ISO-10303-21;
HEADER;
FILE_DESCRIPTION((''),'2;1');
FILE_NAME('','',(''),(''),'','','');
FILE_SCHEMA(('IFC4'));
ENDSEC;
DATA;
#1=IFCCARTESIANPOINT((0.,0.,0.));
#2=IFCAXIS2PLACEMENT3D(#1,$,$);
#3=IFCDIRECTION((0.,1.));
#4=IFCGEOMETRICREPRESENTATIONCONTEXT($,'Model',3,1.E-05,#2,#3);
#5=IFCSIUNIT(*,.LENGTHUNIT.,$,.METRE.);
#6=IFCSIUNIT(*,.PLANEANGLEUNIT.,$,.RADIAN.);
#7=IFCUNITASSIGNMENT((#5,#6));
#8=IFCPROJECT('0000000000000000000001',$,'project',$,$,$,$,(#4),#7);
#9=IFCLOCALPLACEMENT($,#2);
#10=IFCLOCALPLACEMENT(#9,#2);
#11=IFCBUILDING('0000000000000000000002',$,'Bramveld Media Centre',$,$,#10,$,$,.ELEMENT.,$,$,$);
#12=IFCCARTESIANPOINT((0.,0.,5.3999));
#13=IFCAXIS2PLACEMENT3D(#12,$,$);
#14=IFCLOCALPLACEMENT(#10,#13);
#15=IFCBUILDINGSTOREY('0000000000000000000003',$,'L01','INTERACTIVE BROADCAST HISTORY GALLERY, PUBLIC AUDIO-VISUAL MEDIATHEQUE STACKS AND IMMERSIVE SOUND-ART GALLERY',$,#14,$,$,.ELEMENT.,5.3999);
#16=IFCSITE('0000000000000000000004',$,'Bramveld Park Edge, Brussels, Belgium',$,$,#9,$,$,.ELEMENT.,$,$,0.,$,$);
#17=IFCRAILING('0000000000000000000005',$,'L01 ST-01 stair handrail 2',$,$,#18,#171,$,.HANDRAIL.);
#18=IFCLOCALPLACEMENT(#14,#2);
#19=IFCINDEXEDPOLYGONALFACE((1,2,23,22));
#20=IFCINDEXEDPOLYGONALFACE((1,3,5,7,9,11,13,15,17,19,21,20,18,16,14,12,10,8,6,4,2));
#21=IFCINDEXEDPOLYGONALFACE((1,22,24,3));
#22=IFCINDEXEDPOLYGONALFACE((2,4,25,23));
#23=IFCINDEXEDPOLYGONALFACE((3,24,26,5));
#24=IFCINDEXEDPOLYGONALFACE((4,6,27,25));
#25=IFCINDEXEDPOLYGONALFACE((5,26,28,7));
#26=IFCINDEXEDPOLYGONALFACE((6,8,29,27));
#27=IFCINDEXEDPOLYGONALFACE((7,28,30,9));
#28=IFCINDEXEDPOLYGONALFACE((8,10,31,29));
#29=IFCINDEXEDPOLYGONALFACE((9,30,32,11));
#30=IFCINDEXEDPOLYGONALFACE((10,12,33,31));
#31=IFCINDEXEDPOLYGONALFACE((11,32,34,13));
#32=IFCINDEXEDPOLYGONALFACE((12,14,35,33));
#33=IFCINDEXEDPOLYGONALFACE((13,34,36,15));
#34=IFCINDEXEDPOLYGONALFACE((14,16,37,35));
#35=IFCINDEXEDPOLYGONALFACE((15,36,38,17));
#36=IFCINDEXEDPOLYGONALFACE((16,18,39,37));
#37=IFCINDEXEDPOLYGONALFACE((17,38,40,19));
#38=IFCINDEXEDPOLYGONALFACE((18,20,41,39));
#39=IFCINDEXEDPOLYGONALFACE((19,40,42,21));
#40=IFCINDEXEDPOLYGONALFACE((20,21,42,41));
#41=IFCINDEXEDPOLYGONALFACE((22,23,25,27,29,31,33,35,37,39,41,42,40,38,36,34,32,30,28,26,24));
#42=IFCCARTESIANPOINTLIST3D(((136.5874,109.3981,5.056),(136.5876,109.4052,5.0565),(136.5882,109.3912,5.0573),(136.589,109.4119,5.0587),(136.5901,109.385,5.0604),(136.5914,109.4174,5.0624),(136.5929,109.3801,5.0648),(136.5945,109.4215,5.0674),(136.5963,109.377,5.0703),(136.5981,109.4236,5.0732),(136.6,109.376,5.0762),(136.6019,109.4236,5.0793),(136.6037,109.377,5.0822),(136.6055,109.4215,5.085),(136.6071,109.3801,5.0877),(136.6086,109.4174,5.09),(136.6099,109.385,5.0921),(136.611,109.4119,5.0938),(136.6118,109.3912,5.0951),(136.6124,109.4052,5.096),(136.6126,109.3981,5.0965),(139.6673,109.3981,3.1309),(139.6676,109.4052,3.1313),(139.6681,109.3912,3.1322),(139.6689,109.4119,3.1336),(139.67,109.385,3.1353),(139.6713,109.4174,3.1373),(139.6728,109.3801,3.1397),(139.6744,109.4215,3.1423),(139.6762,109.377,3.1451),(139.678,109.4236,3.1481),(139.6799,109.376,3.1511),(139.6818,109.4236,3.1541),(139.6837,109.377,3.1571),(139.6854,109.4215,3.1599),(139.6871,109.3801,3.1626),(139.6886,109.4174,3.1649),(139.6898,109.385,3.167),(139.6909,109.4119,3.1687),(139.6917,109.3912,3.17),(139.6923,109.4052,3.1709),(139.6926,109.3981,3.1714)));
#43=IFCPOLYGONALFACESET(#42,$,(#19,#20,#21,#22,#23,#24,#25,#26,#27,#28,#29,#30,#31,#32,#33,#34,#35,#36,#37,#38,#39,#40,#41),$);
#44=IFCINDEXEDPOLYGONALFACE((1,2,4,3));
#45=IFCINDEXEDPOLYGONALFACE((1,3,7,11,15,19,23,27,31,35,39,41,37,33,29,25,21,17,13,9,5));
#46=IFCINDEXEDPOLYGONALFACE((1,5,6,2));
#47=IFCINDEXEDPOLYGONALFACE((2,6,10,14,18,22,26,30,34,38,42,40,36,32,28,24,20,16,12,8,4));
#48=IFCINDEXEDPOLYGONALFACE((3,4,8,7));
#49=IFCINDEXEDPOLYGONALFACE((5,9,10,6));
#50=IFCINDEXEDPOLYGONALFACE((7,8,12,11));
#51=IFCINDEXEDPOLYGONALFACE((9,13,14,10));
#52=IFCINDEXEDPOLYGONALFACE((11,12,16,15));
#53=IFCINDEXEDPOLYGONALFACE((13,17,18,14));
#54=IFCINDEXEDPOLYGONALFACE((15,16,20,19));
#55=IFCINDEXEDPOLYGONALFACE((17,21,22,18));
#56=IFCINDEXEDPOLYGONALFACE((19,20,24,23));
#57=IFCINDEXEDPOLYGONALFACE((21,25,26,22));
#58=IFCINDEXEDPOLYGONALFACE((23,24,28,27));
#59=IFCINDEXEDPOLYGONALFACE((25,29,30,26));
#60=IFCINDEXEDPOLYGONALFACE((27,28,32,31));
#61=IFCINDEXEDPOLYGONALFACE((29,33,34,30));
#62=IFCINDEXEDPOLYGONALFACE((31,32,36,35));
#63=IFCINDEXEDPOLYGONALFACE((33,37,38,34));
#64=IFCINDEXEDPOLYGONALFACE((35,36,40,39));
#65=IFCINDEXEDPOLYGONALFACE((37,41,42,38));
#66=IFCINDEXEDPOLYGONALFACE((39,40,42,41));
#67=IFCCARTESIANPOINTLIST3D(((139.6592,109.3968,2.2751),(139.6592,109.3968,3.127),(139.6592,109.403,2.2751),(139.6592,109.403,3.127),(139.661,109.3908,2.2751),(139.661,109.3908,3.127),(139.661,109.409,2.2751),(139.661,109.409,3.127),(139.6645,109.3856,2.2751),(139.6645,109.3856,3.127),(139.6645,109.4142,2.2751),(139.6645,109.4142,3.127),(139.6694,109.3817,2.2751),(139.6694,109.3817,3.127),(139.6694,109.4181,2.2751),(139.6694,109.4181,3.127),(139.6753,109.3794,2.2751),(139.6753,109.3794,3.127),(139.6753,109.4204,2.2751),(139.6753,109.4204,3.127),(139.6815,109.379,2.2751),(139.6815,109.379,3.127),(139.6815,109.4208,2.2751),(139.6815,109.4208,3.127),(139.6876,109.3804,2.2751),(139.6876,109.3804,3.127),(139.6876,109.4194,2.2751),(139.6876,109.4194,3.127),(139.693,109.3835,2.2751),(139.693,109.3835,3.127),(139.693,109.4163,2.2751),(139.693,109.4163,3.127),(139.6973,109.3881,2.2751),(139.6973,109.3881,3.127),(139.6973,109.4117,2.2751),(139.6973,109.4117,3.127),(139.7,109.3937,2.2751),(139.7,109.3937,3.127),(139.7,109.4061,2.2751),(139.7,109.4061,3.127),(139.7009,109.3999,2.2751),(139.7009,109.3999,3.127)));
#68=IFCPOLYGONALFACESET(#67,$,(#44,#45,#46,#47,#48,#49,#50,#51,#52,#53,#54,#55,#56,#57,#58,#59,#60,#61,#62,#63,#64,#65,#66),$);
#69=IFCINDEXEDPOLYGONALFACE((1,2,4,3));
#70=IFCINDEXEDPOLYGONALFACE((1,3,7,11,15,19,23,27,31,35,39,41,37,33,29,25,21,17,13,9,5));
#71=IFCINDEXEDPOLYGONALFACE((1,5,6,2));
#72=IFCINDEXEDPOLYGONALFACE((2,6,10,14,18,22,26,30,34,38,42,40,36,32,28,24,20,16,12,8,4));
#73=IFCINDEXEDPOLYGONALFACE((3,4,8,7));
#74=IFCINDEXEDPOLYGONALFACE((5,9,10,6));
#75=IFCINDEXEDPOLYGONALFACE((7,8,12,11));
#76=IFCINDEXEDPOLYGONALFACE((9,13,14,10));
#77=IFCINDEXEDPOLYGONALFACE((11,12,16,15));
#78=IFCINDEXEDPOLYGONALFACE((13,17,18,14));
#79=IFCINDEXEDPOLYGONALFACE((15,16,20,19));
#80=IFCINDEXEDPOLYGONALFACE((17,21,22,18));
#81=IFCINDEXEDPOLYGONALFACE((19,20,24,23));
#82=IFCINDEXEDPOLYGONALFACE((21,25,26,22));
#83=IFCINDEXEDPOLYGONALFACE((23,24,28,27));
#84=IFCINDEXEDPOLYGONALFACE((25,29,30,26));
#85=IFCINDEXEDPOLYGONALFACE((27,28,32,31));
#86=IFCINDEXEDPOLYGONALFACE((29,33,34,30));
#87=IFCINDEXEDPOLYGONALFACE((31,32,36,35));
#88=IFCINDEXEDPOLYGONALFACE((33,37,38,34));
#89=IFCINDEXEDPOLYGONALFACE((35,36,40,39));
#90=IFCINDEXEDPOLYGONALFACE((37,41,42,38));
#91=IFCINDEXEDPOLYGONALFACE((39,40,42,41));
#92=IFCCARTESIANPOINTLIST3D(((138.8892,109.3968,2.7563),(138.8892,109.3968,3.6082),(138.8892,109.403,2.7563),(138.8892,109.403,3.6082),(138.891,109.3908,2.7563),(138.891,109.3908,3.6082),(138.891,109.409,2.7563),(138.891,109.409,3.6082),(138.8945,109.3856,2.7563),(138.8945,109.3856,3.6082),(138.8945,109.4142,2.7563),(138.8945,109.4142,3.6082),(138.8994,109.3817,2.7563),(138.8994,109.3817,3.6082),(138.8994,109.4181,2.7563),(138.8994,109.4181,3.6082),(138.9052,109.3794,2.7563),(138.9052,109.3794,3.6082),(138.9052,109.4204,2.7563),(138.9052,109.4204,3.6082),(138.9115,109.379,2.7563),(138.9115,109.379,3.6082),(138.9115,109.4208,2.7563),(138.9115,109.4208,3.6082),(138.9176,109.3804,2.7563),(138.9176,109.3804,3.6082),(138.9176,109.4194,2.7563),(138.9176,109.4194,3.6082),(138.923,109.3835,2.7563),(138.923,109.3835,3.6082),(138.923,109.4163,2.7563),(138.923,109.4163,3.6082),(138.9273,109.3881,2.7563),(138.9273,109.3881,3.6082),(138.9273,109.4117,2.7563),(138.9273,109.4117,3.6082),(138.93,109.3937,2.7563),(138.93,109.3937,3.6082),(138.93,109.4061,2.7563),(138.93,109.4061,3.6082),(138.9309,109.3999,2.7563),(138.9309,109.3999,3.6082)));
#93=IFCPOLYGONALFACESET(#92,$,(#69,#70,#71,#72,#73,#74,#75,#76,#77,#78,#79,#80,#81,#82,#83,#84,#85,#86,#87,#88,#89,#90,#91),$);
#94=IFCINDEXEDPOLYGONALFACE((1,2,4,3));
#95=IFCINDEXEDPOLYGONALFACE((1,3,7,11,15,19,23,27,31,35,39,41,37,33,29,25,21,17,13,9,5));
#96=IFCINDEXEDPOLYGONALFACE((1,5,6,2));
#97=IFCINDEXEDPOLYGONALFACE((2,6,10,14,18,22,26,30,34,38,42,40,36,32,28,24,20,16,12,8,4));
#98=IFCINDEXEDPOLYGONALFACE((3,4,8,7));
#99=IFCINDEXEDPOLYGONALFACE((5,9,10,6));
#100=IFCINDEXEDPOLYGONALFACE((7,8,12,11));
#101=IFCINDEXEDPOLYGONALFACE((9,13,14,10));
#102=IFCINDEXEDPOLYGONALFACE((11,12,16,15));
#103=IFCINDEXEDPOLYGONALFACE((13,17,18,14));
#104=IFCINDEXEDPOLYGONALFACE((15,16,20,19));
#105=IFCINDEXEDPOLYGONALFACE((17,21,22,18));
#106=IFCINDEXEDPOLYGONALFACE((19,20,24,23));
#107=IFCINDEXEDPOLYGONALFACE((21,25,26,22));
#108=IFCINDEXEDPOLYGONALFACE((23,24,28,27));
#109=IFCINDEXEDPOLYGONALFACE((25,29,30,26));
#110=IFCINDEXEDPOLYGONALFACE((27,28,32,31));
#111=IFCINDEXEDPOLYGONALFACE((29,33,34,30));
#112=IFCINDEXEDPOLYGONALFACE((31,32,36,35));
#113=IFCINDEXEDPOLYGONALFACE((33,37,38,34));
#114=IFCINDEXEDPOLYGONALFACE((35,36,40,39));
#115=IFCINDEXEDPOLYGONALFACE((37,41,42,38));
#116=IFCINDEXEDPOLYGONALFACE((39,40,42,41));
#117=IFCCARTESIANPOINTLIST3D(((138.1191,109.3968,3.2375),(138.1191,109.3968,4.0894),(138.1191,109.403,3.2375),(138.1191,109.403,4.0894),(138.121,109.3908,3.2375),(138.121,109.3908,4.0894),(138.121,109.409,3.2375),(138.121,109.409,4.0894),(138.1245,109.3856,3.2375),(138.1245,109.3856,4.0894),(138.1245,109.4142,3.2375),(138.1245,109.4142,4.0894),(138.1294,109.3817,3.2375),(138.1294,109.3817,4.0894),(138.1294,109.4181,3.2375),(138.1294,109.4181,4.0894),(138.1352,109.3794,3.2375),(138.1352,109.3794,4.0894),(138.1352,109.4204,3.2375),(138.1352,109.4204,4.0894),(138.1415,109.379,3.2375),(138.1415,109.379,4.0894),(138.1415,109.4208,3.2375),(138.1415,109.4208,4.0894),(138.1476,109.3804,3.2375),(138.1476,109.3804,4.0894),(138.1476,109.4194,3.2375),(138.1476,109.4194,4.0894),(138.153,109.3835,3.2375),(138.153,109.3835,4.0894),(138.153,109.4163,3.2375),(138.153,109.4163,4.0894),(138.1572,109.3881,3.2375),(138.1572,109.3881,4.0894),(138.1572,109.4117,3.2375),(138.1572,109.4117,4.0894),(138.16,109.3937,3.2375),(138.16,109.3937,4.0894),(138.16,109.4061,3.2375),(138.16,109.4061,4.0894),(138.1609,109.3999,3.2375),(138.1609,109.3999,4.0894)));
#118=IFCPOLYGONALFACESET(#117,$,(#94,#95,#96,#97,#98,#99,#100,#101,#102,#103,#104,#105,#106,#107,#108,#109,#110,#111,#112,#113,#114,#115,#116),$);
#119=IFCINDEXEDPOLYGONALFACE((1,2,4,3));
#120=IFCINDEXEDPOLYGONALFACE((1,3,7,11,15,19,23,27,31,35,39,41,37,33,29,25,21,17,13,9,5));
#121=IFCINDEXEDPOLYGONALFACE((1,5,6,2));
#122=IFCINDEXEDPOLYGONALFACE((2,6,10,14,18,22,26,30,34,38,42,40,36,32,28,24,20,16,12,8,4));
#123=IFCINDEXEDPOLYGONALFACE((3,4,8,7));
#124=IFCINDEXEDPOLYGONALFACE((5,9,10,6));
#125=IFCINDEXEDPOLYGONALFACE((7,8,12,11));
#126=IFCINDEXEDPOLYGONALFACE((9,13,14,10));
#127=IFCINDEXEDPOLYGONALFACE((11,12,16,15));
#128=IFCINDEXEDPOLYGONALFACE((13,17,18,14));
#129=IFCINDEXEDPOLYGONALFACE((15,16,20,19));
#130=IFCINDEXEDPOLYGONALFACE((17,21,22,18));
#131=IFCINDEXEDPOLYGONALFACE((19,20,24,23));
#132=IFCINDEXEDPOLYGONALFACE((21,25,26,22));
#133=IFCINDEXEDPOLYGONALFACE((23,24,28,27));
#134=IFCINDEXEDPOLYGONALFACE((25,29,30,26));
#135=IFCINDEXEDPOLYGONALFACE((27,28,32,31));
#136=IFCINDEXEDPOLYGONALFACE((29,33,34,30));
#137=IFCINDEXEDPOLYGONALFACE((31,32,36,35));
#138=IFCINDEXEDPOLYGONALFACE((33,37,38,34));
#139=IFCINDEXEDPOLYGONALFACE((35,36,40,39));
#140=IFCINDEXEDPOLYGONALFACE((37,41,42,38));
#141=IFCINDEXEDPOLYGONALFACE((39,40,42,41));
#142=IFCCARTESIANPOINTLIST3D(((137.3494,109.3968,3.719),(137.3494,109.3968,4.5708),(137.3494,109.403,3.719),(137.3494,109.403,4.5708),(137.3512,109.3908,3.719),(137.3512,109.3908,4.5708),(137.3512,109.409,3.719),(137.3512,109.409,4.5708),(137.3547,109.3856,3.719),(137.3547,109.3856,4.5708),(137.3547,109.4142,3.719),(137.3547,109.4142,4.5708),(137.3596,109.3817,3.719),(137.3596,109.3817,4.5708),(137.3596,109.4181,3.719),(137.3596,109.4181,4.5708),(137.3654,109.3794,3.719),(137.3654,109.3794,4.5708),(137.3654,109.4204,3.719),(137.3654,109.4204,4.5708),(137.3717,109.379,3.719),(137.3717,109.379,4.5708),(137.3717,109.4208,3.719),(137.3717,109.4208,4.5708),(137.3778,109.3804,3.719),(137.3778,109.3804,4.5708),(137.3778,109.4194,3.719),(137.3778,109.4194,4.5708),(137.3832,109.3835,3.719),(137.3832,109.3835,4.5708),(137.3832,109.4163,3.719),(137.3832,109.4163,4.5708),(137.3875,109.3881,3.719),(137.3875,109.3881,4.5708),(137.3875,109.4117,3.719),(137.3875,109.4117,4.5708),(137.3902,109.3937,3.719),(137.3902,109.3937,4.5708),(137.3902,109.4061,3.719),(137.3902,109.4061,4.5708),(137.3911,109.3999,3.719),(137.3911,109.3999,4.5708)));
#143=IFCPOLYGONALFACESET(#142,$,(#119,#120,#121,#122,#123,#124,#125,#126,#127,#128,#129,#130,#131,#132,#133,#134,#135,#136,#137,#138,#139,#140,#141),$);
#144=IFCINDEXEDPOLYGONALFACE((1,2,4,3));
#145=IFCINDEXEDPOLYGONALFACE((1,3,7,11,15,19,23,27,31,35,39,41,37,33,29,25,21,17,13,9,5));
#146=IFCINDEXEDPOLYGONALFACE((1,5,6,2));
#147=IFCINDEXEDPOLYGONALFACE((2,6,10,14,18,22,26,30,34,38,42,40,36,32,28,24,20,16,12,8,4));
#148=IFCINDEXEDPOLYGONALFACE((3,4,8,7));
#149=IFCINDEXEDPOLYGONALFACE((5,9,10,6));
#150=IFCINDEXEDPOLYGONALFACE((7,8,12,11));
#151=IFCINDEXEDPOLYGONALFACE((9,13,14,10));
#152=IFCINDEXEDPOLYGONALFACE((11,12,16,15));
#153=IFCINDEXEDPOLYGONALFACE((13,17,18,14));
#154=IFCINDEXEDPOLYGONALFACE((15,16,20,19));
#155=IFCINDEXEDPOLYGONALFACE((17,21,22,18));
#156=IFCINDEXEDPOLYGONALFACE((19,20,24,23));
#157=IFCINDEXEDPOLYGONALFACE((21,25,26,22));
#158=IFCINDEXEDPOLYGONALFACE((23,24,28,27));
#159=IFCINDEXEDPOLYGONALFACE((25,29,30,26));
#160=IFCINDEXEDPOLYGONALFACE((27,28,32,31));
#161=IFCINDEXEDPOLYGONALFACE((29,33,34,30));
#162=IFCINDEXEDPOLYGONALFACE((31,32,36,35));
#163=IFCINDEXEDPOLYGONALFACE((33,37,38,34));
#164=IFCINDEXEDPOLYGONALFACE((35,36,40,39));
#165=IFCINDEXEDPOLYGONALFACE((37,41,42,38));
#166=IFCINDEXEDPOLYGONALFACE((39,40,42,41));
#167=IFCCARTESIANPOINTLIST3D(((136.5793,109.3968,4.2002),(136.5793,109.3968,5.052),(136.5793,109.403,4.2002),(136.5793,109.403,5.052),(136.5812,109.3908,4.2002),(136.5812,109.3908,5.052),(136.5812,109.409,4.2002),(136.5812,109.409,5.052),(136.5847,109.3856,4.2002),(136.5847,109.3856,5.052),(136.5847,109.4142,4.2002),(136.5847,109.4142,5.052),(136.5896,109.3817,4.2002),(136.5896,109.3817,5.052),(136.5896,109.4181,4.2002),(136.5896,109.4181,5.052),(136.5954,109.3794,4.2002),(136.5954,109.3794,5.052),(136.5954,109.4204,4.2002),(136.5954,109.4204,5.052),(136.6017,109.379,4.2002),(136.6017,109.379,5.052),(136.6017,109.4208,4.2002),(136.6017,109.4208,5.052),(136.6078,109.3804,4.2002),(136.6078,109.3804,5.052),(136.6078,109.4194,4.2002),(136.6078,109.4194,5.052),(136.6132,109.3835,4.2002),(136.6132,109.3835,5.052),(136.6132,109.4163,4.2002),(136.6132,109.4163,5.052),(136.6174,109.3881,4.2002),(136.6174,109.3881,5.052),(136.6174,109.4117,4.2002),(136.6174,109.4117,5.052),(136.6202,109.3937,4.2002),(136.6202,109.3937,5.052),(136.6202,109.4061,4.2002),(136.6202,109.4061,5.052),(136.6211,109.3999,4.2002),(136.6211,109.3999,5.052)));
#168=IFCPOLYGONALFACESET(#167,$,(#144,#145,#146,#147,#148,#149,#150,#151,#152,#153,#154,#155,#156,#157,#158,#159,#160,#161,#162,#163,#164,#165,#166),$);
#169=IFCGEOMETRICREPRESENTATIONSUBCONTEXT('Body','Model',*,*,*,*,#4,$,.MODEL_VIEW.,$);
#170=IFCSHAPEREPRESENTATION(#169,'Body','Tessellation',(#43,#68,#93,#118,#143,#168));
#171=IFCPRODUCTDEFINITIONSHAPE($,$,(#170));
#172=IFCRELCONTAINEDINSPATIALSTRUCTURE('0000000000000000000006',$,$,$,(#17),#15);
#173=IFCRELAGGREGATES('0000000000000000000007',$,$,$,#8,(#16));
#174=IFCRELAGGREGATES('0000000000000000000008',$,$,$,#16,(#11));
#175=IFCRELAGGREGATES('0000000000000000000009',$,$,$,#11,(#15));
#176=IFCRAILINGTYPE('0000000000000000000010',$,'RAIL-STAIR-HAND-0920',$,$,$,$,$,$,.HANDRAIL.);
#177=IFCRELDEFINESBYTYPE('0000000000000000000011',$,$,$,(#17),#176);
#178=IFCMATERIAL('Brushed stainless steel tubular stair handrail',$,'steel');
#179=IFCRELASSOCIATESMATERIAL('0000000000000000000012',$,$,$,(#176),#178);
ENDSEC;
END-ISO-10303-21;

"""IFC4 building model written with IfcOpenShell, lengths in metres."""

from ifc_helpers import new_model, si_unit, direction, frame, origin, origin_2d, place, context, subcontext, project, spatial, circle, extrude, material, type_object, element, save


model = new_model("IFC4")

# Units and contexts
model_context = context("Model", 3, precision=1e-05, world=origin(), true_north=direction((0.0, 1.0)))
body_context = subcontext(model_context, "Body", "Model", "MODEL_VIEW")
ifc_project = project(units=[si_unit("LENGTHUNIT", "METRE"), si_unit("PLANEANGLEUNIT", "RADIAN")], contexts=[model_context])

# Site, building, storey
site_placement = place(None, origin())
site = spatial("IfcSite", under=ifc_project, at=site_placement, Name="Bramveld Park Edge, Brussels, Belgium", CompositionType="ELEMENT", RefElevation=0.0)
building_placement = place(site_placement, origin())
building = spatial("IfcBuilding", under=site, at=building_placement, Name="Bramveld Media Centre", CompositionType="ELEMENT")
storey_placement = place(building_placement, frame((0.0, 0.0, 5.3999)))
storey = spatial("IfcBuildingStorey", under=building, at=storey_placement, Name="L01", Description="INTERACTIVE BROADCAST HISTORY GALLERY, PUBLIC AUDIO-VISUAL MEDIATHEQUE STACKS AND IMMERSIVE SOUND-ART GALLERY", CompositionType="ELEMENT", Elevation=5.3999)

# Railing
ifc_material_1 = material(Name="Brushed stainless steel tubular stair handrail", Category="steel")
railing_type_1 = type_object("IfcRailingType", Name="RAIL-STAIR-HAND-0920", PredefinedType="HANDRAIL", material=ifc_material_1)
railing_1_placement = place(storey_placement, frame((139.6799, 109.3999, 2.2751)))
element("IfcRailing", 1, at=railing_1_placement, inside=storey, type_object=railing_type_1, Name="L01 ST-01 stair handrail 2", PredefinedType="HANDRAIL", context=body_context, shape_type="SweptSolid", body=[
    extrude(circle(Radius=0.0239, at=origin_2d()), frame((0.0, 0.0, 0.876), z_axis=(-0.847979, 0.0, 0.530029), x_axis=(0.0, -1.0, 0.0)), (0.0, 0.0, 1.0), 3.6321),
    extrude(circle(Radius=0.021, at=origin_2d()), origin(), (0.0, 0.0, 1.0), 0.8518),
    extrude(circle(Radius=0.021, at=origin_2d()), frame((-0.77, 0.0, 0.4812)), (0.0, 0.0, 1.0), 0.8518),
    extrude(circle(Radius=0.021, at=origin_2d()), frame((-1.54, 0.0, 0.9624)), (0.0, 0.0, 1.0), 0.8518),
    extrude(circle(Radius=0.021, at=origin_2d()), frame((-2.3098, 0.0, 1.4438)), (0.0, 0.0, 1.0), 0.8518),
    extrude(circle(Radius=0.021, at=origin_2d()), frame((-3.0798, 0.0, 1.925)), (0.0, 0.0, 1.0), 0.8518),
])

save(model, "model.ifc")
